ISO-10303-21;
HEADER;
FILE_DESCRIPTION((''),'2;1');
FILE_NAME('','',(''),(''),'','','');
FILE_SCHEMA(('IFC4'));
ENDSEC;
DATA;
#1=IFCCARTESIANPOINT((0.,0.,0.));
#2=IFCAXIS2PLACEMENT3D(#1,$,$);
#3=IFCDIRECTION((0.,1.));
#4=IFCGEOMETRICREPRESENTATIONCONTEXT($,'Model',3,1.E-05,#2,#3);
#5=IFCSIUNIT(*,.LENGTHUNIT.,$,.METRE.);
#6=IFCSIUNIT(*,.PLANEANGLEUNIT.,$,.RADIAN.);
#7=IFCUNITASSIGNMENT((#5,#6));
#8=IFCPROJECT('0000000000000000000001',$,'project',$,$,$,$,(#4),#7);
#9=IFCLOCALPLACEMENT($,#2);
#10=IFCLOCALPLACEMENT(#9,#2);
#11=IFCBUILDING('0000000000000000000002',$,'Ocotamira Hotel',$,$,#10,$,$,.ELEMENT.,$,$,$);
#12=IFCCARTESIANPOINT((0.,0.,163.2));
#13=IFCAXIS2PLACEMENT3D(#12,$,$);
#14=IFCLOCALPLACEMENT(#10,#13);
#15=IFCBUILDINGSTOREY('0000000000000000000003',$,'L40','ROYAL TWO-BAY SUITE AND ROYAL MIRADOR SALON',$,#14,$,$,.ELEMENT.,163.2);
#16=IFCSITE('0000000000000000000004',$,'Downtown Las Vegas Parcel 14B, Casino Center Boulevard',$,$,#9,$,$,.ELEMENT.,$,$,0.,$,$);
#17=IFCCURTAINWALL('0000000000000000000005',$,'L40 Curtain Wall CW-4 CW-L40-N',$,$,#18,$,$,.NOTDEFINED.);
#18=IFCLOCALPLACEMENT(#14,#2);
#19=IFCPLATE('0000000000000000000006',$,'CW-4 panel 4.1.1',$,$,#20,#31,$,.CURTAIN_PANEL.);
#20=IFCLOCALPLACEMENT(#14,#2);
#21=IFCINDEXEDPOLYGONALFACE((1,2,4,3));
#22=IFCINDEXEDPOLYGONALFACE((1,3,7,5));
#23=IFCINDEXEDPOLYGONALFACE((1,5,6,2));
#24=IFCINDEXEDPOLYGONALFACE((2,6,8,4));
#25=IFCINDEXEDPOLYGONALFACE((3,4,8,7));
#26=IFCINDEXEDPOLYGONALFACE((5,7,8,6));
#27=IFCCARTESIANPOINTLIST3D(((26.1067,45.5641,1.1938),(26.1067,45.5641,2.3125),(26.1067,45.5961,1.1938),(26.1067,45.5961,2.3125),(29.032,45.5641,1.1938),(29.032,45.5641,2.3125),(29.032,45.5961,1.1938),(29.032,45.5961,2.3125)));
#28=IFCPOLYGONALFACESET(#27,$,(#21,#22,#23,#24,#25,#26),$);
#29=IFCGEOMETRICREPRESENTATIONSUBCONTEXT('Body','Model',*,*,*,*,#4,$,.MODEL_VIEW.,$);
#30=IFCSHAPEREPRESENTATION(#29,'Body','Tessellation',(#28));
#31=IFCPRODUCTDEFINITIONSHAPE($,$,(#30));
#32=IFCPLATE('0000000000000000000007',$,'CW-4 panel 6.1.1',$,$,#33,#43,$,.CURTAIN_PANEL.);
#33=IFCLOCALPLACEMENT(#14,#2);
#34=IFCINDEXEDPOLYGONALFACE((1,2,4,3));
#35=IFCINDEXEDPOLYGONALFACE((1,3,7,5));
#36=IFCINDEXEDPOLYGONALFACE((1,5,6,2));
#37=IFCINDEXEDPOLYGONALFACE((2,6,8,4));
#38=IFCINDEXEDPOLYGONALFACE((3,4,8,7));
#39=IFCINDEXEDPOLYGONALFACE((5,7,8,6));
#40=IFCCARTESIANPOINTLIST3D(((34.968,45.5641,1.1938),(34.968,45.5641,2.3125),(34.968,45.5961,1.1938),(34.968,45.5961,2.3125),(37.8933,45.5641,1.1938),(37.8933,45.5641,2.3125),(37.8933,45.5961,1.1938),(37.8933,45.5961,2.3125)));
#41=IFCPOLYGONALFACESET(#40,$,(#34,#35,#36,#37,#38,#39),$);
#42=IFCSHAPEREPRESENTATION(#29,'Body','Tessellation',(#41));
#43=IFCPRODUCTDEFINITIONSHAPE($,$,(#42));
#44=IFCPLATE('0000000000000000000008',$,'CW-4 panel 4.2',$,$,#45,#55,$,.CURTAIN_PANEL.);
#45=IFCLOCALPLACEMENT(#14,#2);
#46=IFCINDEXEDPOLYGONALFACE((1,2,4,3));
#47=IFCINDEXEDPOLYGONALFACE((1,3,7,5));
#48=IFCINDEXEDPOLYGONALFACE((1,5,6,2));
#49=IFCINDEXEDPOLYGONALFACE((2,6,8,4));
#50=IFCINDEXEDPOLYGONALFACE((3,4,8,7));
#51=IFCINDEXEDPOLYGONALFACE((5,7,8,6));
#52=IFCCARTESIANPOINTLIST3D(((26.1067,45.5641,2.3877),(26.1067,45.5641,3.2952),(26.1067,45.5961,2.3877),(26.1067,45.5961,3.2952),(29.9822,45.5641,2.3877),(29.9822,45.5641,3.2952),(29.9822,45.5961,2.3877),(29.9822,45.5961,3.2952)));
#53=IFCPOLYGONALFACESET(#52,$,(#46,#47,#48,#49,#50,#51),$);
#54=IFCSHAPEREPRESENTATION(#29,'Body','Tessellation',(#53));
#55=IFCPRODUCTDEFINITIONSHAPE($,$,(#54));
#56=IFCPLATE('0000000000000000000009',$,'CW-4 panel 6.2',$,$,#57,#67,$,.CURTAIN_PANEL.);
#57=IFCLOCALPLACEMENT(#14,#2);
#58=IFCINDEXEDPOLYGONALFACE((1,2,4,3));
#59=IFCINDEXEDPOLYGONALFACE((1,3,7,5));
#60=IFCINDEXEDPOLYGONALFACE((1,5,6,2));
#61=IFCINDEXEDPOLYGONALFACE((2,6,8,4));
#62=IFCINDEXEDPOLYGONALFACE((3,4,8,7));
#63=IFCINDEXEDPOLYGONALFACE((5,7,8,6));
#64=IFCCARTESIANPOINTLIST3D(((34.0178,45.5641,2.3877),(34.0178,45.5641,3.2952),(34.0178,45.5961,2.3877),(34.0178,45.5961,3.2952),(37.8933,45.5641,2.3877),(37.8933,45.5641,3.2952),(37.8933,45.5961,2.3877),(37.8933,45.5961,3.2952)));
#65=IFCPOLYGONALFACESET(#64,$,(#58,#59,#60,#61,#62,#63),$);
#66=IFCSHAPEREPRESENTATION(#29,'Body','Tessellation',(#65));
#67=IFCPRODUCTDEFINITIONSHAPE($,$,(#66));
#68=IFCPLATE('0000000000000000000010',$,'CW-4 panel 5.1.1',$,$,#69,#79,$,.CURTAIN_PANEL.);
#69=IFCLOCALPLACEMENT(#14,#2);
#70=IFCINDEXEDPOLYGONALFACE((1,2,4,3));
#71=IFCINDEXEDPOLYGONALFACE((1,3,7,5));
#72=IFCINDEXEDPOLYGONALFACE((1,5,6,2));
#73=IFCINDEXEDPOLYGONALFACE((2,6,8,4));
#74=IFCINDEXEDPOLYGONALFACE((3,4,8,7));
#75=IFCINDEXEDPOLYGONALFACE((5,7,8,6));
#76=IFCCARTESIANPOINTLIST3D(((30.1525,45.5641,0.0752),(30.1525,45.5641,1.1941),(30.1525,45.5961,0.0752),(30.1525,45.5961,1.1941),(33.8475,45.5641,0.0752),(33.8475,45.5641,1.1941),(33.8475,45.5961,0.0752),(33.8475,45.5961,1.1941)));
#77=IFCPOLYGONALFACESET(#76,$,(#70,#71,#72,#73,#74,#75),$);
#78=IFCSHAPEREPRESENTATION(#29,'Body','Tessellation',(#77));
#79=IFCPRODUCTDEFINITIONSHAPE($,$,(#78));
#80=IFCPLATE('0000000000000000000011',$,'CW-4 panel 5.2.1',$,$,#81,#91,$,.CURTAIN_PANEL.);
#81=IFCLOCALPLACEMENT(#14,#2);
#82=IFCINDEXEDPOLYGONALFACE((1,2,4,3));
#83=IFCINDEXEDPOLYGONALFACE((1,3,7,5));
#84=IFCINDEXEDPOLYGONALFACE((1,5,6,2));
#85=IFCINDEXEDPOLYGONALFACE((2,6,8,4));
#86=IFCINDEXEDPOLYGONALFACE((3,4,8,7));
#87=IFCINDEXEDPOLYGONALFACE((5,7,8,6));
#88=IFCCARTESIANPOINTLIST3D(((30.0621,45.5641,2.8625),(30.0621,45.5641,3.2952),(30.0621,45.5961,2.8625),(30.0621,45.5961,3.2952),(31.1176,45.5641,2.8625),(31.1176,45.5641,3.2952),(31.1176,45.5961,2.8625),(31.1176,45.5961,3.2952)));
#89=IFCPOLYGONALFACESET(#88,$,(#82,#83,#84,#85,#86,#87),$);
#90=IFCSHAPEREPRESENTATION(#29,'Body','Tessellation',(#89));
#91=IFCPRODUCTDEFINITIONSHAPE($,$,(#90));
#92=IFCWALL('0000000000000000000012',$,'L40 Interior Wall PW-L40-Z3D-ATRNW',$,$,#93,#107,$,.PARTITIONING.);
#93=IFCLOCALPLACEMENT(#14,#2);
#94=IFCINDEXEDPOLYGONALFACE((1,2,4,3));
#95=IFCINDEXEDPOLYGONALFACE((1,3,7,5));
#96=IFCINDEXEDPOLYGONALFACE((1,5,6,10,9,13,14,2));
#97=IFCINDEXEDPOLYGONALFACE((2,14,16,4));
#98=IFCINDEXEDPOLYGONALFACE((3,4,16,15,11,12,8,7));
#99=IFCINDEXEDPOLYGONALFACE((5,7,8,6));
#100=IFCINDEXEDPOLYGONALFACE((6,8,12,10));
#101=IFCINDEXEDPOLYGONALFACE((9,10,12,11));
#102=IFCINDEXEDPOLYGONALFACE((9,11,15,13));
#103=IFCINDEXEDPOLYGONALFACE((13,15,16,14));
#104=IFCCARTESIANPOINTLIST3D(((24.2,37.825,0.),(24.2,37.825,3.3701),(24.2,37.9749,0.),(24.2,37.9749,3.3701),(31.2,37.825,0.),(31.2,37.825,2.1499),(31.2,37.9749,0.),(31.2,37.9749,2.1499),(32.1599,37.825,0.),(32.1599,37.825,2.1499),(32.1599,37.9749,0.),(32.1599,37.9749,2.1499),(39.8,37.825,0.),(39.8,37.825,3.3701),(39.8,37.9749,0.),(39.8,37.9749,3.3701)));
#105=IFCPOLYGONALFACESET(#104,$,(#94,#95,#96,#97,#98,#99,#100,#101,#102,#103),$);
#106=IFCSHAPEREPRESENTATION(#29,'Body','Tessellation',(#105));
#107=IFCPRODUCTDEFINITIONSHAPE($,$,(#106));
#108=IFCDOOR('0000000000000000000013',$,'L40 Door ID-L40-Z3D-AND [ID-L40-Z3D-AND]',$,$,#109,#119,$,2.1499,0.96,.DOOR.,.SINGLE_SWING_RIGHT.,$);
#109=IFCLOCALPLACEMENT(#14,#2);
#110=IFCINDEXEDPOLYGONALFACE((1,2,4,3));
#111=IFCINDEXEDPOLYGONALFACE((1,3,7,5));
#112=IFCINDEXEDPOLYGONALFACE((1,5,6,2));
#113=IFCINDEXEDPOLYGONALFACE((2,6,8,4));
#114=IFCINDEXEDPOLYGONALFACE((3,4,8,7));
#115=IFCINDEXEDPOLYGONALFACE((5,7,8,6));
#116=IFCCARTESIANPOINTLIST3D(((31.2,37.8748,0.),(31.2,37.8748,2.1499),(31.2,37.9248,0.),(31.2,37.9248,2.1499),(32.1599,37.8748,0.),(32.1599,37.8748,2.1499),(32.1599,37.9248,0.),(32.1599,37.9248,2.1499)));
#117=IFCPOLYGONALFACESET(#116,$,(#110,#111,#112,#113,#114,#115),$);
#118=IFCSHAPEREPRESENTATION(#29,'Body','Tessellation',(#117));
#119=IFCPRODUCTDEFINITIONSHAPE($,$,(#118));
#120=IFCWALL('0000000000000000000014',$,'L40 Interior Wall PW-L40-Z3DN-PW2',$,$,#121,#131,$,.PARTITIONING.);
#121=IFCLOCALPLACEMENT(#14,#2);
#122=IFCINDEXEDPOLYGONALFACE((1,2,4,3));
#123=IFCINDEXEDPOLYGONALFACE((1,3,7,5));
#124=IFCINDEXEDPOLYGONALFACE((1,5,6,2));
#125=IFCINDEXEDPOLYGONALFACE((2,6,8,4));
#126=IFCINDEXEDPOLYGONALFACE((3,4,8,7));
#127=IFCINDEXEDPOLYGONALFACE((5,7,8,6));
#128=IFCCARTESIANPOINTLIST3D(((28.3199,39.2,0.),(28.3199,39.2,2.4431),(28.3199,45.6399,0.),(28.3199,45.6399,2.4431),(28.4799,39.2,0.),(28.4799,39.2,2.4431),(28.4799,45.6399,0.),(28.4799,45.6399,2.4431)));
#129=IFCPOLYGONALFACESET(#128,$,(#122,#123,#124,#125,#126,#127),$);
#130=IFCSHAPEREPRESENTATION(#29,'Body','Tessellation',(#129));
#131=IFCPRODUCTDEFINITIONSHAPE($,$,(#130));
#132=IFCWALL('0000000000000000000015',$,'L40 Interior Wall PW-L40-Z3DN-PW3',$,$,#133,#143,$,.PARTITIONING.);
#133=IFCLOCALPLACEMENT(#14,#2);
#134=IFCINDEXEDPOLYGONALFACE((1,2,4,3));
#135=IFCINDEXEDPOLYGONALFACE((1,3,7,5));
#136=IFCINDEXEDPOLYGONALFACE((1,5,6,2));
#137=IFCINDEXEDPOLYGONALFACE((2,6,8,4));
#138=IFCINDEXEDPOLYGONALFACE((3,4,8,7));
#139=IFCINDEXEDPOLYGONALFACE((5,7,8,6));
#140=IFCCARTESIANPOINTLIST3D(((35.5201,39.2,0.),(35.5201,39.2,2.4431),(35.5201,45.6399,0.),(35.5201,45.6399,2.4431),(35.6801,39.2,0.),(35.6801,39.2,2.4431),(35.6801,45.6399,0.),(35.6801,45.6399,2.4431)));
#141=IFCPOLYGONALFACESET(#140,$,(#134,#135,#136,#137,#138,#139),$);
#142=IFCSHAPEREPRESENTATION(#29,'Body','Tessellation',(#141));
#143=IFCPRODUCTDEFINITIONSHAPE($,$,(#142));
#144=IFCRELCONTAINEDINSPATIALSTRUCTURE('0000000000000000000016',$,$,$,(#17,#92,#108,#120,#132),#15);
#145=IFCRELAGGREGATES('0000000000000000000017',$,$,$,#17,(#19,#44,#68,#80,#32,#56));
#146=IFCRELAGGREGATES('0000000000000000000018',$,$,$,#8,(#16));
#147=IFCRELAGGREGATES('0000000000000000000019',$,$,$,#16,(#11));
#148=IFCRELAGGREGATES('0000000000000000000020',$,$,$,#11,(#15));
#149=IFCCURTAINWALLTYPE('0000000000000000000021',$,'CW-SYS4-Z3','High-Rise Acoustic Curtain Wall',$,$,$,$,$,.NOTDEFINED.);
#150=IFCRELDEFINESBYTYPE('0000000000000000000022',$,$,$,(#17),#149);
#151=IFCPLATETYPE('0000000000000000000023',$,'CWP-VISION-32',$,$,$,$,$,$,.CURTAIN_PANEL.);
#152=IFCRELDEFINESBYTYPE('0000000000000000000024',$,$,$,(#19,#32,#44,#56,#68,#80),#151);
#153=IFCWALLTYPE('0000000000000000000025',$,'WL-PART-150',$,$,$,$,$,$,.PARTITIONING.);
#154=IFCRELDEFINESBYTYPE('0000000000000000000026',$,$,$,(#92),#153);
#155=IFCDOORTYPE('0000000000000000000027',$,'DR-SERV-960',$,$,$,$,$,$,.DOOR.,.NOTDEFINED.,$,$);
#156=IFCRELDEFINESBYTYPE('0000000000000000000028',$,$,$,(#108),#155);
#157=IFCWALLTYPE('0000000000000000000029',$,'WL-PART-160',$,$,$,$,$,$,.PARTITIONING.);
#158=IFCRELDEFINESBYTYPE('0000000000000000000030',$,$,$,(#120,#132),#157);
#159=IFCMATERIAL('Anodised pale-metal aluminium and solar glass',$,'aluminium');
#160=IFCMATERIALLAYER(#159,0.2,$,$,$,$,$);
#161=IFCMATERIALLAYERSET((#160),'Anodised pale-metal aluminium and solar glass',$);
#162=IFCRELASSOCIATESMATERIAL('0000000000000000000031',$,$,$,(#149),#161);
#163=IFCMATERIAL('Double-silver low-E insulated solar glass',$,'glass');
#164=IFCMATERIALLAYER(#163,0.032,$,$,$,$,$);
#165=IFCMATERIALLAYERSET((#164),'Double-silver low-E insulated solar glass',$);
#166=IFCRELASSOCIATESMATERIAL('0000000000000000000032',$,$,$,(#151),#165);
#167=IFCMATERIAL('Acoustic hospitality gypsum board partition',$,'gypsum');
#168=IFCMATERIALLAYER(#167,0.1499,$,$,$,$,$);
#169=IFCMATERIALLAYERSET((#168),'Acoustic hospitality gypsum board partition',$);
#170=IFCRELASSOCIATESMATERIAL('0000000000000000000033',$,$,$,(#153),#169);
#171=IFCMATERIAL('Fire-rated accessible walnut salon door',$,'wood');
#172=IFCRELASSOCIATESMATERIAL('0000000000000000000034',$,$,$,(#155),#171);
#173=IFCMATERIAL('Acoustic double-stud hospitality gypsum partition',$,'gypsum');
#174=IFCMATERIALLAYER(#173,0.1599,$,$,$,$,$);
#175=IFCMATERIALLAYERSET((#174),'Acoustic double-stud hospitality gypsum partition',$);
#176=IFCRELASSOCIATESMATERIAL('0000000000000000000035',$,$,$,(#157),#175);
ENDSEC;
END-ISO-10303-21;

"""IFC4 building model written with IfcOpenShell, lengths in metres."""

from ifc_helpers import new_model, si_unit, direction, frame, frame_2d, origin, origin_2d, place, context, subcontext, project, spatial, rectangle, extrude, source, transform, mapped, material, layer, layer_set, type_object, element, fill, aggregate, save


model = new_model("IFC4")

# Units and contexts
model_context = context("Model", 3, precision=1e-05, world=origin(), true_north=direction((0.0, 1.0)))
body_context = subcontext(model_context, "Body", "Model", "MODEL_VIEW")
ifc_project = project(units=[si_unit("LENGTHUNIT", "METRE"), si_unit("PLANEANGLEUNIT", "RADIAN")], contexts=[model_context])

# Site, building, storey
site_placement = place(None, origin())
site = spatial("IfcSite", under=ifc_project, at=site_placement, Name="Downtown Las Vegas Parcel 14B, Casino Center Boulevard", CompositionType="ELEMENT", RefElevation=0.0)
building_placement = place(site_placement, origin())
building = spatial("IfcBuilding", under=site, at=building_placement, Name="Ocotamira Hotel", CompositionType="ELEMENT")
storey_placement = place(building_placement, frame((0.0, 0.0, 163.2)))
storey = spatial("IfcBuildingStorey", under=building, at=storey_placement, Name="L40", Description="ROYAL TWO-BAY SUITE AND ROYAL MIRADOR SALON", CompositionType="ELEMENT", Elevation=163.2)

# Curtain wall
ifc_material_1 = material(Name="Anodised pale-metal aluminium and solar glass", Category="aluminium")
ifc_layer_1 = layer(ifc_material_1, 0.2)
ifc_layer_set_1 = layer_set([ifc_layer_1], Name="Anodised pale-metal aluminium and solar glass")
curtain_wall_type = type_object("IfcCurtainWallType", Name="CW-SYS4-Z3", Description="High-Rise Acoustic Curtain Wall", PredefinedType="NOTDEFINED", material=ifc_layer_set_1)
curtain_wall_placement = place(storey_placement, origin())
curtain_wall = element("IfcCurtainWall", 1, at=curtain_wall_placement, inside=storey, type_object=curtain_wall_type, Name="L40 Curtain Wall CW-4 CW-L40-N", PredefinedType="NOTDEFINED")

# Plates
ifc_material_2 = material(Name="Double-silver low-E insulated solar glass", Category="glass")
ifc_layer_2 = layer(ifc_material_2, 0.032)
ifc_layer_set_2 = layer_set([ifc_layer_2], Name="Double-silver low-E insulated solar glass")
plate_type_1 = type_object("IfcPlateType", Name="CWP-VISION-32", PredefinedType="CURTAIN_PANEL", material=ifc_layer_set_2)
shared_shape_1 = source(origin(), body_context, "Body", "SweptSolid", [
    extrude(rectangle(XDim=2.9253, YDim=0.032, at=origin_2d()), origin(), (0.0, 0.0, 1.0), 1.1187),
])
plate_1_placement = place(storey_placement, frame((27.5693, 45.5801, 1.1938), z_axis=(0.0, 0.0, 1.0), x_axis=(1.0, 0.0, 0.0)))
plate_1 = element("IfcPlate", 2, at=plate_1_placement, type_object=plate_type_1, Name="CW-4 panel 4.1.1", PredefinedType="CURTAIN_PANEL", context=body_context, shape_type="MappedRepresentation", body=[
    mapped(shared_shape_1, transform((0.0, 0.0, 0.0), scale=1.0)),
])
plate_2_placement = place(storey_placement, frame((36.4307, 45.5801, 1.1938), z_axis=(0.0, 0.0, 1.0), x_axis=(1.0, 0.0, 0.0)))
plate_2 = element("IfcPlate", 3, at=plate_2_placement, type_object=plate_type_1, Name="CW-4 panel 6.1.1", PredefinedType="CURTAIN_PANEL", context=body_context, shape_type="MappedRepresentation", body=[
    mapped(shared_shape_1, transform((0.0, 0.0, 0.0), scale=1.0)),
])
shared_shape_2 = source(origin(), body_context, "Body", "SweptSolid", [
    extrude(rectangle(XDim=3.8755, YDim=0.032, at=origin_2d()), origin(), (0.0, 0.0, 1.0), 0.9075),
])
plate_3_placement = place(storey_placement, frame((28.0444, 45.5801, 2.3877), z_axis=(0.0, 0.0, 1.0), x_axis=(1.0, 0.0, 0.0)))
plate_3 = element("IfcPlate", 4, at=plate_3_placement, type_object=plate_type_1, Name="CW-4 panel 4.2", PredefinedType="CURTAIN_PANEL", context=body_context, shape_type="MappedRepresentation", body=[
    mapped(shared_shape_2, transform((0.0, 0.0, 0.0), scale=1.0)),
])
plate_4_placement = place(storey_placement, frame((35.9556, 45.5801, 2.3877), z_axis=(0.0, 0.0, 1.0), x_axis=(1.0, 0.0, 0.0)))
plate_4 = element("IfcPlate", 5, at=plate_4_placement, type_object=plate_type_1, Name="CW-4 panel 6.2", PredefinedType="CURTAIN_PANEL", context=body_context, shape_type="MappedRepresentation", body=[
    mapped(shared_shape_2, transform((0.0, 0.0, 0.0), scale=1.0)),
])
shared_shape_3 = source(origin(), body_context, "Body", "SweptSolid", [
    extrude(rectangle(XDim=3.6951, YDim=0.032, at=origin_2d()), origin(), (0.0, 0.0, 1.0), 1.1189),
])
plate_5_placement = place(storey_placement, frame((32.0, 45.5801, 0.0752), z_axis=(0.0, 0.0, 1.0), x_axis=(1.0, 0.0, 0.0)))
plate_5 = element("IfcPlate", 6, at=plate_5_placement, type_object=plate_type_1, Name="CW-4 panel 5.1.1", PredefinedType="CURTAIN_PANEL", context=body_context, shape_type="MappedRepresentation", body=[
    mapped(shared_shape_3, transform((0.0, 0.0, 0.0), scale=1.0)),
])
shared_shape_4 = source(origin(), body_context, "Body", "SweptSolid", [
    extrude(rectangle(XDim=1.0554, YDim=0.032, at=origin_2d()), origin(), (0.0, 0.0, 1.0), 0.4326),
])
plate_6_placement = place(storey_placement, frame((30.5898, 45.5801, 2.8625), z_axis=(0.0, 0.0, 1.0), x_axis=(1.0, 0.0, 0.0)))
plate_6 = element("IfcPlate", 7, at=plate_6_placement, type_object=plate_type_1, Name="CW-4 panel 5.2.1", PredefinedType="CURTAIN_PANEL", context=body_context, shape_type="MappedRepresentation", body=[
    mapped(shared_shape_4, transform((0.0, 0.0, 0.0), scale=1.0)),
])
aggregate(curtain_wall, [plate_1, plate_3, plate_5, plate_6, plate_2, plate_4])

# Wall, opening, door
ifc_material_3 = material(Name="Acoustic hospitality gypsum board partition", Category="gypsum")
ifc_layer_3 = layer(ifc_material_3, 0.1499)
ifc_layer_set_3 = layer_set([ifc_layer_3], Name="Acoustic hospitality gypsum board partition")
wall_type_1 = type_object("IfcWallType", Name="WL-PART-150", PredefinedType="PARTITIONING", material=ifc_layer_set_3)
wall_placement = place(storey_placement, frame((24.2, 37.8999, 0.0), z_axis=(0.0, 0.0, 1.0), x_axis=(1.0, 0.0, 0.0)))
wall = element("IfcWall", 8, at=wall_placement, inside=storey, type_object=wall_type_1, Name="L40 Interior Wall PW-L40-Z3D-ATRNW", PredefinedType="PARTITIONING", context=body_context, shape_type="SweptSolid", body=[
    extrude(rectangle(XDim=15.6001, YDim=0.1499, at=frame_2d((7.8, 0.0))), origin(), (0.0, 0.0, 1.0), 3.3701),
])
opening_placement = place(wall_placement, frame((7.0, 0.0, 0.0)))
opening = element("IfcOpeningElement", 9, at=opening_placement, cuts=wall, PredefinedType="OPENING", context=body_context, shape_type="SweptSolid", body=[
    extrude(rectangle(XDim=0.96, YDim=2.1499, at=frame_2d((0.48, 1.075))), frame((0.0, 0.085, 0.0), z_axis=(0.0, -1.0, 0.0), x_axis=(1.0, 0.0, 0.0)), (0.0, 0.0, 1.0), 0.1699),
])
ifc_material_4 = material(Name="Fire-rated accessible walnut salon door", Category="wood")
door_type = type_object("IfcDoorType", Name="DR-SERV-960", OperationType="NOTDEFINED", PredefinedType="DOOR", material=ifc_material_4)
shared_shape_5 = source(origin(), body_context, "Body", "SweptSolid", [
    extrude(rectangle(XDim=0.96, YDim=2.1499, at=frame_2d((0.48, 1.075))), frame((0.0, 0.0249, 0.0), z_axis=(0.0, -1.0, 0.0), x_axis=(1.0, 0.0, 0.0)), (0.0, 0.0, 1.0), 0.05),
])
door_placement = place(opening_placement, origin())
door = element("IfcDoor", 10, at=door_placement, inside=storey, type_object=door_type, Name="L40 Door ID-L40-Z3D-AND [ID-L40-Z3D-AND]", OperationType="SINGLE_SWING_RIGHT", OverallHeight=2.1499, OverallWidth=0.96, PredefinedType="DOOR", context=body_context, shape_type="MappedRepresentation", body=[
    mapped(shared_shape_5, transform((0.0, 0.0, 0.0), scale=1.0)),
])
fill(opening, door)

# Walls
ifc_material_5 = material(Name="Acoustic double-stud hospitality gypsum partition", Category="gypsum")
ifc_layer_4 = layer(ifc_material_5, 0.1599)
ifc_layer_set_4 = layer_set([ifc_layer_4], Name="Acoustic double-stud hospitality gypsum partition")
wall_type_2 = type_object("IfcWallType", Name="WL-PART-160", PredefinedType="PARTITIONING", material=ifc_layer_set_4)
for number, where, z_axis, x_axis, name in (
    (11, (28.3999, 39.2, 0.0), (0.0, 0.0, 1.0), (0.0, 1.0, 0.0), "L40 Interior Wall PW-L40-Z3DN-PW2"),
    (12, (35.6001, 39.2, 0.0), (0.0, 0.0, 1.0), (0.0, 1.0, 0.0), "L40 Interior Wall PW-L40-Z3DN-PW3"),
):
    element("IfcWall", number, at=place(storey_placement, frame(where, z_axis=z_axis, x_axis=x_axis)), inside=storey, type_object=wall_type_2, Name=name, PredefinedType="PARTITIONING", context=body_context, shape_type="SweptSolid", body=[
        extrude(rectangle(XDim=6.4399, YDim=0.1599, at=frame_2d((3.22, 0.0))), origin(), (0.0, 0.0, 1.0), 2.4431),
    ])

save(model, "model.ifc")
